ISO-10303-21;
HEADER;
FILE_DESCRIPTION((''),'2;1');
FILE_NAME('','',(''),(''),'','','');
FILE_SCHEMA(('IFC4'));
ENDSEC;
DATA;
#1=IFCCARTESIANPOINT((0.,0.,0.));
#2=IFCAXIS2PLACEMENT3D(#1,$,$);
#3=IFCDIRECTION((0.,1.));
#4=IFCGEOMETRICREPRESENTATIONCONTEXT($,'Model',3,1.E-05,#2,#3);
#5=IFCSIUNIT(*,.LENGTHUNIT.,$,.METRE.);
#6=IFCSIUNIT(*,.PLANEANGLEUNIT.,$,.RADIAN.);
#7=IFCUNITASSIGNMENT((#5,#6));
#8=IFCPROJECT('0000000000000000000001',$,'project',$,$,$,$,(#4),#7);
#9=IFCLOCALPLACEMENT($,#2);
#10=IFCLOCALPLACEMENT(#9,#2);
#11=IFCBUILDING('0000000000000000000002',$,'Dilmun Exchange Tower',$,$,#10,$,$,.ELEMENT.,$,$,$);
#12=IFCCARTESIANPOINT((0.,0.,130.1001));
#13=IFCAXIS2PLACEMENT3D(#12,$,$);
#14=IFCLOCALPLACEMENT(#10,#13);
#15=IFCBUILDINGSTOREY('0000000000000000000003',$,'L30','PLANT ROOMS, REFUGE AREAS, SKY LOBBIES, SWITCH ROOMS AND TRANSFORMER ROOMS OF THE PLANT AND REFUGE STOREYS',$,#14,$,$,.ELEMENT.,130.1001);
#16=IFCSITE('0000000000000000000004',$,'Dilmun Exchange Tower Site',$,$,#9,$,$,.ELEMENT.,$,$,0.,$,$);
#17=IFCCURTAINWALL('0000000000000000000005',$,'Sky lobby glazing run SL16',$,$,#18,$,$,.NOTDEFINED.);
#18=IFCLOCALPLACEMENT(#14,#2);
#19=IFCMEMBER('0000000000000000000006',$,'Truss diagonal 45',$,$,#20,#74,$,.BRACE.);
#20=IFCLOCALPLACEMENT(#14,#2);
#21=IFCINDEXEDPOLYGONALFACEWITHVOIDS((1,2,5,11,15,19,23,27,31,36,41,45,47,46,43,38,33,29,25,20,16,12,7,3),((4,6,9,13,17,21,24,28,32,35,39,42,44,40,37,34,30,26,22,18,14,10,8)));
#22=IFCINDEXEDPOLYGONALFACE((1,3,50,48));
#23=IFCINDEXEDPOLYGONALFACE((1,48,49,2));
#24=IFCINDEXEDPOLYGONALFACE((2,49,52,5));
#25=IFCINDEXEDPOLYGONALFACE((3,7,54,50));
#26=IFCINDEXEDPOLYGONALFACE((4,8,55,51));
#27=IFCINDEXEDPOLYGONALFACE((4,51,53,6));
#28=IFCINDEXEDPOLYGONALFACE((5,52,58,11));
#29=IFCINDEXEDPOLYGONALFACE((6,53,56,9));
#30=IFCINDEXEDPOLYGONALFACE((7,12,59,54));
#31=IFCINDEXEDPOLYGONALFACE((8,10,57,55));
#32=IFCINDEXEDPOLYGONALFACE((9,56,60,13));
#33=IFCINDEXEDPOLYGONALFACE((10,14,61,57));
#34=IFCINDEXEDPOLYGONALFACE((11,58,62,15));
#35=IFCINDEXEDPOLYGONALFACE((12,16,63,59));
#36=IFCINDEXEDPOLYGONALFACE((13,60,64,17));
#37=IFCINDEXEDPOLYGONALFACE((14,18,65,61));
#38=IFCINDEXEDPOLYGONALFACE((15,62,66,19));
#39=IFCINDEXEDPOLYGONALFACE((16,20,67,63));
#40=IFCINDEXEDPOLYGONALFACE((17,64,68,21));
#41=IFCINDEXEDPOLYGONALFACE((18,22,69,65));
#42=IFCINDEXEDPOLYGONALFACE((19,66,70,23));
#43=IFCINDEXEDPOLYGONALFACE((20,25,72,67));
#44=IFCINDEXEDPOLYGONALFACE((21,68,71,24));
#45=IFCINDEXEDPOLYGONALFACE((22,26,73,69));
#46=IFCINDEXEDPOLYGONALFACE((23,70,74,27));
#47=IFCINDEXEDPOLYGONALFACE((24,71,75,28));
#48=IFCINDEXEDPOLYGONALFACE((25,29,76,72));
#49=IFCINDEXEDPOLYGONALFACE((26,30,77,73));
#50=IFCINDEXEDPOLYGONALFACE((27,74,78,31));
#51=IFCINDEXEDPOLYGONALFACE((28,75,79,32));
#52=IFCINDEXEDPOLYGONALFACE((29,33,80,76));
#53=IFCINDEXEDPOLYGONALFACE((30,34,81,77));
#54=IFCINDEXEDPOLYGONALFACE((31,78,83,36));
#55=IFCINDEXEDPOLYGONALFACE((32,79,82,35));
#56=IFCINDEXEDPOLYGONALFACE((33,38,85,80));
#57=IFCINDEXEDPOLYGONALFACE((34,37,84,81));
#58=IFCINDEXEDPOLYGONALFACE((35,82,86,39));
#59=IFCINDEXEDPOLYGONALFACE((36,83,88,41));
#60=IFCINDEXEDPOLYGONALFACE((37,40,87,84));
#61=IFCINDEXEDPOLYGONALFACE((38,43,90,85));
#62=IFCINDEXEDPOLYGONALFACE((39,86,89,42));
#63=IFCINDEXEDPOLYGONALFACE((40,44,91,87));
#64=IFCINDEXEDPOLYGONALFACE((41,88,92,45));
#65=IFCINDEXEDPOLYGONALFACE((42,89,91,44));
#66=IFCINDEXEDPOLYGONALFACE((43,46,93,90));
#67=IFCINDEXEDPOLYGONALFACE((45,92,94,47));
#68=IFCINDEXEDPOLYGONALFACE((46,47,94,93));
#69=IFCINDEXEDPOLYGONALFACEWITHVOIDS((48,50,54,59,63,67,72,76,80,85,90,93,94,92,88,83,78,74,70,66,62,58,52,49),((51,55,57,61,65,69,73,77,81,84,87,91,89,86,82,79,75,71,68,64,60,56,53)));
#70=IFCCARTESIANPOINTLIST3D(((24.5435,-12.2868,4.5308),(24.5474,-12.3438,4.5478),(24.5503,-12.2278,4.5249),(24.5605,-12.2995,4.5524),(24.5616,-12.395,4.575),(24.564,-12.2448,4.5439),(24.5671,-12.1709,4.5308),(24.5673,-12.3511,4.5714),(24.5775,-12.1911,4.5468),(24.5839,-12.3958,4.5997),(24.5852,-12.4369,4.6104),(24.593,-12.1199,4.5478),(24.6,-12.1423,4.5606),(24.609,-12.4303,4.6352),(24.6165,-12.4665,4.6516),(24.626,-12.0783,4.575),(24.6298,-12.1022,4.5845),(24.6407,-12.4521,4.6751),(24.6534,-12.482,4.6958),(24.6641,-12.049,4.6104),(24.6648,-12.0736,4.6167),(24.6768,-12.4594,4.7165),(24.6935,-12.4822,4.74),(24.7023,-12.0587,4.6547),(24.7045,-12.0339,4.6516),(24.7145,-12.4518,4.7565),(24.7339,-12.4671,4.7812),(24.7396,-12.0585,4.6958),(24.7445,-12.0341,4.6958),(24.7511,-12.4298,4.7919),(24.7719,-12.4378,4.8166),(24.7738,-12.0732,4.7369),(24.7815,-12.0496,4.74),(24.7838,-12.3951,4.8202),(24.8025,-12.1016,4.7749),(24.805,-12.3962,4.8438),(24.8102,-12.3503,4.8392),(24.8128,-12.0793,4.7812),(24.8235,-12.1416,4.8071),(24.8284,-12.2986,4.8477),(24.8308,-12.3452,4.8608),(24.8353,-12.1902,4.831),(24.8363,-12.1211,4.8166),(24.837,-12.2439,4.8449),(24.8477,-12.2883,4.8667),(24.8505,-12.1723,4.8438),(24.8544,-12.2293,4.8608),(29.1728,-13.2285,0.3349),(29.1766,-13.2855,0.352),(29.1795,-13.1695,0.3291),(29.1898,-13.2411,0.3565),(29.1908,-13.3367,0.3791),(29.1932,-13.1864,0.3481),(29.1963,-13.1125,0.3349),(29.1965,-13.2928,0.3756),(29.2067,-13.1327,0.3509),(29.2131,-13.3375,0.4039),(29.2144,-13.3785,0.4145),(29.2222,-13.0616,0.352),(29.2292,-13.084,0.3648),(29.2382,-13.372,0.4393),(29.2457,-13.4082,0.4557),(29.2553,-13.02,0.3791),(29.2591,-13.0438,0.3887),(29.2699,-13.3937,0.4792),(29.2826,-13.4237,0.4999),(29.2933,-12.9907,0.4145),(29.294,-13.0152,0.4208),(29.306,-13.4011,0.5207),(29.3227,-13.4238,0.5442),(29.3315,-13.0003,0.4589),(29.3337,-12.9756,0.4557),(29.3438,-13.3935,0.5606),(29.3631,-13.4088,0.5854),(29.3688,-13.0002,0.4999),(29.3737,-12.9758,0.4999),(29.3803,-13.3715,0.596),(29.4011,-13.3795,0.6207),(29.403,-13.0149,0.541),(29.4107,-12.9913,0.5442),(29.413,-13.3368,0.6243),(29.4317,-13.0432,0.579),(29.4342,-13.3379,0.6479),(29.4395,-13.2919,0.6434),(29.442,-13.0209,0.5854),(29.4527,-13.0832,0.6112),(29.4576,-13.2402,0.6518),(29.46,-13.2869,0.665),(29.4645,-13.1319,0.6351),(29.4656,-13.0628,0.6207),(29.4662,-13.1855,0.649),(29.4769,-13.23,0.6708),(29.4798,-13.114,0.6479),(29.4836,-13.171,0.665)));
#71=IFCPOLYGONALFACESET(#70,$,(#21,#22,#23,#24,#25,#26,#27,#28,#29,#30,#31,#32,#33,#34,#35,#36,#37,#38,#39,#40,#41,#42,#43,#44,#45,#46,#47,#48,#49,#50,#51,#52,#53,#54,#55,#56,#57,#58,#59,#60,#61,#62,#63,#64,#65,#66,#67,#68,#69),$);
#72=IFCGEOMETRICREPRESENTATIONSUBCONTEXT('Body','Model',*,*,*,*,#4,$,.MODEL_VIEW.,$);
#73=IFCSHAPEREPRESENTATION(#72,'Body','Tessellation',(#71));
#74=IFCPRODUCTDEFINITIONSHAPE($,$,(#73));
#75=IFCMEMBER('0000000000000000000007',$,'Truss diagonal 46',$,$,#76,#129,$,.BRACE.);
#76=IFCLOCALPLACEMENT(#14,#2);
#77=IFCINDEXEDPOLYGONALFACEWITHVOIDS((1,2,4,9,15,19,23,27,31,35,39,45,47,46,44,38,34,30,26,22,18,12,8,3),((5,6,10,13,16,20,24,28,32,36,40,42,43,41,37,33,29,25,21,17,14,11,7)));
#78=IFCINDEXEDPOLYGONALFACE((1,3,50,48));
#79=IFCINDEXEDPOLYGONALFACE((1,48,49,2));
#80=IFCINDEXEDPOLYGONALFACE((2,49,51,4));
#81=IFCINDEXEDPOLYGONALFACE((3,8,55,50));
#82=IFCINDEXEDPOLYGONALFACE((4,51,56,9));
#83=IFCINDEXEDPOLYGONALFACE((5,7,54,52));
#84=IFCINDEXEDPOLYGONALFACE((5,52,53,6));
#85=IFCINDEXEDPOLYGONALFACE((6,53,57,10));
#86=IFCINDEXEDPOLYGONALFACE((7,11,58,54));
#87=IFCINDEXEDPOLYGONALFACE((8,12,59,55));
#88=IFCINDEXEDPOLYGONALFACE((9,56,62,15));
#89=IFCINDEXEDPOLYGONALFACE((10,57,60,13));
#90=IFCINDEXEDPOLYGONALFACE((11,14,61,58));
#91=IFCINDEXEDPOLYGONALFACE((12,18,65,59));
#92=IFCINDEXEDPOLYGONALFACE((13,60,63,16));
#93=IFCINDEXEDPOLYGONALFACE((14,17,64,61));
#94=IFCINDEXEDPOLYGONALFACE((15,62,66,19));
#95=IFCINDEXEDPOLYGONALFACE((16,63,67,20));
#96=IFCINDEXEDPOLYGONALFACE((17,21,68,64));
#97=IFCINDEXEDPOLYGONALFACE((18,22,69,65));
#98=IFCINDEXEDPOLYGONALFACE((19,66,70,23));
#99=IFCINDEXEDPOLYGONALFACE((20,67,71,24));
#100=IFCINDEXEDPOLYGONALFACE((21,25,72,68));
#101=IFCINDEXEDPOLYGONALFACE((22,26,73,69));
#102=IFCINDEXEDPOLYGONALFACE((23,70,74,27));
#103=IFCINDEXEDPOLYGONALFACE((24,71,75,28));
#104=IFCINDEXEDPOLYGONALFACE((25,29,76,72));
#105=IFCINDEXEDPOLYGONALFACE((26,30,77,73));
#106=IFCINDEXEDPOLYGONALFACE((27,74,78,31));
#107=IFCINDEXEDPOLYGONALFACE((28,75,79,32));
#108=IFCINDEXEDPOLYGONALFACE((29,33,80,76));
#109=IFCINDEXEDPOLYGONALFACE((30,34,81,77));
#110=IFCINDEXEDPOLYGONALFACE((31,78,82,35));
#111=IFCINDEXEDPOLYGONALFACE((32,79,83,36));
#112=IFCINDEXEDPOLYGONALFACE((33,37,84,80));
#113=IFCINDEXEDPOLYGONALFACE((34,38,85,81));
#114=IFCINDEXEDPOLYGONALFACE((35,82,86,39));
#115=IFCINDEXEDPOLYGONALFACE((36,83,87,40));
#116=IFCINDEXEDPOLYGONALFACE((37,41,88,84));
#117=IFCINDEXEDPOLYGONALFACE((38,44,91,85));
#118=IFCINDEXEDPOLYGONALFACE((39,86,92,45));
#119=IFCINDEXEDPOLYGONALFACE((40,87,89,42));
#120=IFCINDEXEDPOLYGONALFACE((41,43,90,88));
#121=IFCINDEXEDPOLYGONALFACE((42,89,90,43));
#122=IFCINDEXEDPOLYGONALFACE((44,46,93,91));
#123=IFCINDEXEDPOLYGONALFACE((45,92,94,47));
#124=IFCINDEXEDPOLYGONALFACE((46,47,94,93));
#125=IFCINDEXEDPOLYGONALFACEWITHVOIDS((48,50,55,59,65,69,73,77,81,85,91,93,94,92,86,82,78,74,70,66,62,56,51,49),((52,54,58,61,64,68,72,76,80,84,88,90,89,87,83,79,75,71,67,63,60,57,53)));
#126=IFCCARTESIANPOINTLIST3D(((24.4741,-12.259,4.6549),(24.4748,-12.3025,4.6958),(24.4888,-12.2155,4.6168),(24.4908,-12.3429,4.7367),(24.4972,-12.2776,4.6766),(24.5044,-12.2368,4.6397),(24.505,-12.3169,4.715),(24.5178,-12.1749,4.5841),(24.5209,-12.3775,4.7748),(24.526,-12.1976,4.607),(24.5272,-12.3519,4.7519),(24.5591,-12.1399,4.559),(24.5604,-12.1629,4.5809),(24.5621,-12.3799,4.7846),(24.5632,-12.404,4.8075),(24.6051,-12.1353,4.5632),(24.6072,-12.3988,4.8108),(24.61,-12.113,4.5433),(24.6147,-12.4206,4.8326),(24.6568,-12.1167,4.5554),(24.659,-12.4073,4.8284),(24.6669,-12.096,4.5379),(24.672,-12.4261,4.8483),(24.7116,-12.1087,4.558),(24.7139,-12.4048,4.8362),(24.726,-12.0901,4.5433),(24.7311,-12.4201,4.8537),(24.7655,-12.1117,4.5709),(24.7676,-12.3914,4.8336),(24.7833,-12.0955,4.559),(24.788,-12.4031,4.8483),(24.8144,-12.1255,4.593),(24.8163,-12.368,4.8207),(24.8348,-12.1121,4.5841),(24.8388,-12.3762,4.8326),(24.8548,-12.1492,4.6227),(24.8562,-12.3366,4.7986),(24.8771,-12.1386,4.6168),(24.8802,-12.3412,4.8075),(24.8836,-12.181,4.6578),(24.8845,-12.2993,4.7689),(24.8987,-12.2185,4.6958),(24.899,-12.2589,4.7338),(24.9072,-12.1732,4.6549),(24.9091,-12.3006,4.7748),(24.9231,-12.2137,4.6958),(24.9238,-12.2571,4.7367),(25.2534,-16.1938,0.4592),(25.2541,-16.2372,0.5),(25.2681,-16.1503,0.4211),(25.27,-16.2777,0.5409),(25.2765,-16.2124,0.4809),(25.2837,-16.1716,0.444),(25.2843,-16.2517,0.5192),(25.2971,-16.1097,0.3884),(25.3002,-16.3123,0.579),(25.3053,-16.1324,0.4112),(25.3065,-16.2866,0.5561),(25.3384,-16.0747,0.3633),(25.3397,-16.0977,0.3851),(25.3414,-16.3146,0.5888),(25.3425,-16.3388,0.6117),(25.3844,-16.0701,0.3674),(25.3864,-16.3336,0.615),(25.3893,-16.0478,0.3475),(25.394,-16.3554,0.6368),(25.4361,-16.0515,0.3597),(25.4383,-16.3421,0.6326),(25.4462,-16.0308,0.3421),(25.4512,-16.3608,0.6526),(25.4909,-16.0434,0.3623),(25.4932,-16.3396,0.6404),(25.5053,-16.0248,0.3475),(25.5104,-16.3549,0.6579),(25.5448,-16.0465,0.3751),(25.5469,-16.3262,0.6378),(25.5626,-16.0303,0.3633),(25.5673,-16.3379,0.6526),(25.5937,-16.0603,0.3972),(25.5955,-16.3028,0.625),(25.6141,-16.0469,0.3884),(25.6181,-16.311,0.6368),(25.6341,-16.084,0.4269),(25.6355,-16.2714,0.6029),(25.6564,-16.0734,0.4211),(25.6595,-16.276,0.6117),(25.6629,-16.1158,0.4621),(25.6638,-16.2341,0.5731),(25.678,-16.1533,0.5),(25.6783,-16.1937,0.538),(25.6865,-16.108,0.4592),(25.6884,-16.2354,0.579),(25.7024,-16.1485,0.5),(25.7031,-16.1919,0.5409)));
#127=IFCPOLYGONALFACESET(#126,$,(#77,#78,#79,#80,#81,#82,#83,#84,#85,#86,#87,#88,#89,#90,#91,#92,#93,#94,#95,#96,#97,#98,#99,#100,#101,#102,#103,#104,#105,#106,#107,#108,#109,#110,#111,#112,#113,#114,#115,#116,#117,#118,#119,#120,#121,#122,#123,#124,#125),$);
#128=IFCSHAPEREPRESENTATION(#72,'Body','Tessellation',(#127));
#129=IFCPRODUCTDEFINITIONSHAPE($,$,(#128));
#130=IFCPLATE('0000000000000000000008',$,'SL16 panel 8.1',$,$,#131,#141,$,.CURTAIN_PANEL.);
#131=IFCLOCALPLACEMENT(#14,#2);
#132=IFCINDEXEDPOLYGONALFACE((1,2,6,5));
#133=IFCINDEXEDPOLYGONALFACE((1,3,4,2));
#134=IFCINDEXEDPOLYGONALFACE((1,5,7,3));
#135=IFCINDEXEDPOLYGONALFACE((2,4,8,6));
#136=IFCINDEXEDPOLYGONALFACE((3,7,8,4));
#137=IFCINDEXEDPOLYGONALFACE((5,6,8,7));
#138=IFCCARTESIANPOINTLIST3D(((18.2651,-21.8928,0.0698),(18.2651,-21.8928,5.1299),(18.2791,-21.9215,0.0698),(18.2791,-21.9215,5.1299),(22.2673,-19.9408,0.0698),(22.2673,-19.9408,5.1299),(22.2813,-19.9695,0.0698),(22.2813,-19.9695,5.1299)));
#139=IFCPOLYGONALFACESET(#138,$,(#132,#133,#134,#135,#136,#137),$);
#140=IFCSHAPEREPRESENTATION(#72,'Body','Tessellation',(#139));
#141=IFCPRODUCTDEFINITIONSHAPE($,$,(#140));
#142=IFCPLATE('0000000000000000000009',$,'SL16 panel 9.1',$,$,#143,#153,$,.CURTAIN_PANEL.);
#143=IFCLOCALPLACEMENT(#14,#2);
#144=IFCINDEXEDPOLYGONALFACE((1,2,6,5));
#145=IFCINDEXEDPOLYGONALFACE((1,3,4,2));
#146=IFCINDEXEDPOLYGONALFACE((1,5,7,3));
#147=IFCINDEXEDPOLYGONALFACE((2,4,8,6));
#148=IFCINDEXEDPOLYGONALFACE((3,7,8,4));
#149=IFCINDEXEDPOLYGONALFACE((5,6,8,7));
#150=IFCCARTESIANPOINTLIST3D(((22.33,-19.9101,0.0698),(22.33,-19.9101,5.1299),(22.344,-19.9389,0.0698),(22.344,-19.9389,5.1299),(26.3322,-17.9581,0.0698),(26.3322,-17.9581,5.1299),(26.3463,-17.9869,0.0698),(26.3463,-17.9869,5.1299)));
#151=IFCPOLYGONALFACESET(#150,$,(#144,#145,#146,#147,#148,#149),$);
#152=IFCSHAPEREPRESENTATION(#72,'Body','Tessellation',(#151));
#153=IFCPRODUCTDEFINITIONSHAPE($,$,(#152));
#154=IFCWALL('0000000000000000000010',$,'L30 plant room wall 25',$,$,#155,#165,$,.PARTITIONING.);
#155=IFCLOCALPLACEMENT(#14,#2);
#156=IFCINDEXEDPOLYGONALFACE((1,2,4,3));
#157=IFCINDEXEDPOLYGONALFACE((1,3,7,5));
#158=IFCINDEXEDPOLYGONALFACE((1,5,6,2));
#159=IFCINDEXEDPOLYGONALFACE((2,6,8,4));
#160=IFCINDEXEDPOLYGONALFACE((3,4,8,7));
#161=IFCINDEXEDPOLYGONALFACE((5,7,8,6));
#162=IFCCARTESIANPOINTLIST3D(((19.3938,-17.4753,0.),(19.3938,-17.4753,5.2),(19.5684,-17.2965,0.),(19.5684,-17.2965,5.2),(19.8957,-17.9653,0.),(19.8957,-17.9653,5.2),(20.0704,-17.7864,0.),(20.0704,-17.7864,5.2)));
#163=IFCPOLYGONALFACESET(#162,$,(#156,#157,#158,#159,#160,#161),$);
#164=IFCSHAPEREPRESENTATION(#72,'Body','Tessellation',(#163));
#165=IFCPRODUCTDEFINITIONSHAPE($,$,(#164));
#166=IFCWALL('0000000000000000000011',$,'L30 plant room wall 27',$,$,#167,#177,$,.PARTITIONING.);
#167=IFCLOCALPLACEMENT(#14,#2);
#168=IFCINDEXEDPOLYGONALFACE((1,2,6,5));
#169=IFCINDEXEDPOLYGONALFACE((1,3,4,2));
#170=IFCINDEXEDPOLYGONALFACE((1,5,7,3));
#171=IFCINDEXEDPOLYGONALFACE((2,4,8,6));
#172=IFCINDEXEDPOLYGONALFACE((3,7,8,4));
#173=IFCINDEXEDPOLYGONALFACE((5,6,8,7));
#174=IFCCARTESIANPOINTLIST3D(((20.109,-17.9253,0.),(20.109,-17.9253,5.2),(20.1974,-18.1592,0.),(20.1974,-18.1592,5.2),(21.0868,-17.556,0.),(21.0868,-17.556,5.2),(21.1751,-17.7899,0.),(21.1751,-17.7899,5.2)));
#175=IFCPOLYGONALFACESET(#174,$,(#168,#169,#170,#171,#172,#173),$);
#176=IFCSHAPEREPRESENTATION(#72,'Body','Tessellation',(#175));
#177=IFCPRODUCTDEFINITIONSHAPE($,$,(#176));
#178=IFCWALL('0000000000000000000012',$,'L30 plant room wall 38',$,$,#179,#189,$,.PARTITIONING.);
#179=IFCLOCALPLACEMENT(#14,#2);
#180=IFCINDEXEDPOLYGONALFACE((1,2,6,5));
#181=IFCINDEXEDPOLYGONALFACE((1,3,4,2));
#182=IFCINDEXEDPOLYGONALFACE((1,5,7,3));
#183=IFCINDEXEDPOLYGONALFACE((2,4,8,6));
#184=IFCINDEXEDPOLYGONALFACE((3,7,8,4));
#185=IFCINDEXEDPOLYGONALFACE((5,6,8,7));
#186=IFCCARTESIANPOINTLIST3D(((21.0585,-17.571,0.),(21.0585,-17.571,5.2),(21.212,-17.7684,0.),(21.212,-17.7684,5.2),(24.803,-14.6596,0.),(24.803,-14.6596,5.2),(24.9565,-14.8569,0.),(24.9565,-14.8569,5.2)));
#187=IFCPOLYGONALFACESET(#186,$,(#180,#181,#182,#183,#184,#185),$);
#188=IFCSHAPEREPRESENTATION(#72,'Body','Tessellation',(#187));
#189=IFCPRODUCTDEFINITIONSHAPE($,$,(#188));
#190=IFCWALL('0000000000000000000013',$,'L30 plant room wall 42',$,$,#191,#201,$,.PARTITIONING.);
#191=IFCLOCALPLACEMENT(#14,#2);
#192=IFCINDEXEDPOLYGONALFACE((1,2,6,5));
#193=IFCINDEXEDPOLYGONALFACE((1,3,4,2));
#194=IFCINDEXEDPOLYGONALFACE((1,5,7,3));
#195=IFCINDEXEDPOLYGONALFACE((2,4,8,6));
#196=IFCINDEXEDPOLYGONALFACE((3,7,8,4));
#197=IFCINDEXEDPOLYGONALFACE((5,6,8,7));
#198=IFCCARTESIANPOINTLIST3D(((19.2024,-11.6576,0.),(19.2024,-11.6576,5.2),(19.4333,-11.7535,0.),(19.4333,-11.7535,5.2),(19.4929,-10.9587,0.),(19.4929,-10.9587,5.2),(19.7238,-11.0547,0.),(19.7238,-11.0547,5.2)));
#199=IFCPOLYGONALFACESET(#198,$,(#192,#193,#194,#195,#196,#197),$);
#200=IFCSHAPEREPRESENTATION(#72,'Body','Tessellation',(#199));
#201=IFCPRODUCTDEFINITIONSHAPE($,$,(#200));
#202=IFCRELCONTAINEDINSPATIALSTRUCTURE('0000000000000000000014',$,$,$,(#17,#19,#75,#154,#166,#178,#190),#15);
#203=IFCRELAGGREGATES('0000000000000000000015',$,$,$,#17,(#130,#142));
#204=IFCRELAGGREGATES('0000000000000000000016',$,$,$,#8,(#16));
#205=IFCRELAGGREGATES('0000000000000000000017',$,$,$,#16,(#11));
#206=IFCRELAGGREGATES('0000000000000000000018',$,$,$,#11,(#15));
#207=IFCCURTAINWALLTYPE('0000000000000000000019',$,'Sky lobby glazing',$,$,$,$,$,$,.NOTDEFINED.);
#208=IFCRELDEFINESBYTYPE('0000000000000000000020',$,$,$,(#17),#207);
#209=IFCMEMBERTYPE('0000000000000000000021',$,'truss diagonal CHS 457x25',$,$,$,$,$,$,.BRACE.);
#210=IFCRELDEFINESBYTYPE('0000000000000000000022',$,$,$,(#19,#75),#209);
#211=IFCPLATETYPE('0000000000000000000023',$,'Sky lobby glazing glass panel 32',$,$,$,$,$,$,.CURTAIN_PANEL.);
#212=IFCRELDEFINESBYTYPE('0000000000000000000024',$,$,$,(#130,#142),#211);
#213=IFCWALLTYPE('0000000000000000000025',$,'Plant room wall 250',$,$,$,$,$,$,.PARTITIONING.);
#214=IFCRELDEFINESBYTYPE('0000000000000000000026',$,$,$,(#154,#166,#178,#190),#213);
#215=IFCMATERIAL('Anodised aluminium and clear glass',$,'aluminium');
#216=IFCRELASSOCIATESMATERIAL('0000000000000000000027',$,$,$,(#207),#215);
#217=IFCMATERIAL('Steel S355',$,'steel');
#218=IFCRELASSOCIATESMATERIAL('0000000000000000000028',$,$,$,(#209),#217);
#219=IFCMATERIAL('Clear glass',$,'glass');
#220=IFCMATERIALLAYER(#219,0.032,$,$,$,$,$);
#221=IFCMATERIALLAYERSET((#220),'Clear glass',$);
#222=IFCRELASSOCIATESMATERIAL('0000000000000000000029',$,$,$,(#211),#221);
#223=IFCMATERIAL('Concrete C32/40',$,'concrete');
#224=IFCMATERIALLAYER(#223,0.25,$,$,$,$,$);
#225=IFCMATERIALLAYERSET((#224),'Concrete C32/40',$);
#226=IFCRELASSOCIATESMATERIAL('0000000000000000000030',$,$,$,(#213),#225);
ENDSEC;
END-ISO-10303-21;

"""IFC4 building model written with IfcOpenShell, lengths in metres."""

from ifc_helpers import new_model, si_unit, direction, frame, frame_2d, origin, origin_2d, place, context, subcontext, project, spatial, rectangle, hollow_circle, extrude, material, layer, layer_set, material_profile, profile_set, type_object, element, aggregate, save


model = new_model("IFC4")

# Units and contexts
model_context = context("Model", 3, precision=1e-05, world=origin(), true_north=direction((0.0, 1.0)))
body_context = subcontext(model_context, "Body", "Model", "MODEL_VIEW")
ifc_project = project(units=[si_unit("LENGTHUNIT", "METRE"), si_unit("PLANEANGLEUNIT", "RADIAN")], contexts=[model_context])

# Site, building, storey
site_placement = place(None, origin())
site = spatial("IfcSite", under=ifc_project, at=site_placement, Name="Dilmun Exchange Tower Site", CompositionType="ELEMENT", RefElevation=0.0)
building_placement = place(site_placement, origin())
building = spatial("IfcBuilding", under=site, at=building_placement, Name="Dilmun Exchange Tower", CompositionType="ELEMENT")
storey_placement = place(building_placement, frame((0.0, 0.0, 130.1001)))
storey = spatial("IfcBuildingStorey", under=building, at=storey_placement, Name="L30", Description="PLANT ROOMS, REFUGE AREAS, SKY LOBBIES, SWITCH ROOMS AND TRANSFORMER ROOMS OF THE PLANT AND REFUGE STOREYS", CompositionType="ELEMENT", Elevation=130.1001)

# Curtain wall
ifc_material_1 = material(Name="Anodised aluminium and clear glass", Category="aluminium")
curtain_wall_type = type_object("IfcCurtainWallType", Name="Sky lobby glazing", PredefinedType="NOTDEFINED", material=ifc_material_1)
curtain_wall_placement = place(storey_placement, origin())
curtain_wall = element("IfcCurtainWall", 1, at=curtain_wall_placement, inside=storey, type_object=curtain_wall_type, Name="Sky lobby glazing run SL16", PredefinedType="NOTDEFINED")

# Shared definitions
ifc_material_2 = material(Name="Steel S355", Category="steel")

# Members
ifc_material_profile_1 = material_profile(ifc_material_2, hollow_circle(Radius=0.2285, WallThickness=0.0249, at=origin_2d()), Name="CHS 457x25")
ifc_profile_set_1 = profile_set([ifc_material_profile_1], Name="Steel S355")
member_type_1 = type_object("IfcMemberType", Name="truss diagonal CHS 457x25", PredefinedType="BRACE", material=ifc_profile_set_1)
member_1_placement = place(storey_placement, frame((24.699, -12.2581, 4.6958), z_axis=(0.732662, -0.149036, -0.664075), x_axis=(0.199335, 0.979931, 0.0)))
element("IfcMember", 2, at=member_1_placement, inside=storey, type_object=member_type_1, Name="Truss diagonal 45", PredefinedType="BRACE", context=body_context, shape_type="SweptSolid", body=[
    extrude(hollow_circle(Radius=0.2285, WallThickness=0.0249, at=origin_2d()), origin(), (0.0, 0.0, 1.0), 6.3184),
])
member_2_placement = place(storey_placement, frame((24.699, -12.2581, 4.6958), z_axis=(0.134252, -0.677864, -0.722825), x_axis=(0.980946, 0.194278, 0.0)))
element("IfcMember", 3, at=member_2_placement, inside=storey, type_object=member_type_1, Name="Truss diagonal 46", PredefinedType="BRACE", context=body_context, shape_type="SweptSolid", body=[
    extrude(hollow_circle(Radius=0.2285, WallThickness=0.0249, at=origin_2d()), origin(), (0.0, 0.0, 1.0), 5.8047),
])

# Plates
ifc_material_3 = material(Name="Clear glass", Category="glass")
ifc_layer_1 = layer(ifc_material_3, 0.032)
ifc_layer_set_1 = layer_set([ifc_layer_1], Name="Clear glass")
plate_type = type_object("IfcPlateType", Name="Sky lobby glazing glass panel 32", PredefinedType="CURTAIN_PANEL", material=ifc_layer_set_1)
plate_1_placement = place(storey_placement, frame((20.2732, -20.9312, 0.0698), z_axis=(0.0, 0.0, 1.0), x_axis=(0.898794, 0.438371, 0.0)))
plate_1 = element("IfcPlate", 4, at=plate_1_placement, type_object=plate_type, Name="SL16 panel 8.1", PredefinedType="CURTAIN_PANEL", context=body_context, shape_type="SweptSolid", body=[
    extrude(rectangle(XDim=4.4529, YDim=0.032, at=origin_2d()), origin(), (0.0, 0.0, 1.0), 5.0601),
])
plate_2_placement = place(storey_placement, frame((24.3381, -18.9485, 0.0698), z_axis=(0.0, 0.0, 1.0), x_axis=(0.898794, 0.438371, 0.0)))
plate_2 = element("IfcPlate", 5, at=plate_2_placement, type_object=plate_type, Name="SL16 panel 9.1", PredefinedType="CURTAIN_PANEL", context=body_context, shape_type="SweptSolid", body=[
    extrude(rectangle(XDim=4.4529, YDim=0.032, at=origin_2d()), origin(), (0.0, 0.0, 1.0), 5.0601),
])
aggregate(curtain_wall, [plate_1, plate_2])

# Walls
ifc_material_4 = material(Name="Concrete C32/40", Category="concrete")
ifc_layer_2 = layer(ifc_material_4, 0.25)
ifc_layer_set_2 = layer_set([ifc_layer_2], Name="Concrete C32/40")
wall_type = type_object("IfcWallType", Name="Plant room wall 250", PredefinedType="PARTITIONING", material=ifc_layer_set_2)
wall_1_placement = place(storey_placement, frame((19.4812, -17.386, 0.0), z_axis=(0.0, 0.0, 1.0), x_axis=(0.715582, -0.698528, 0.0)))
element("IfcWall", 6, at=wall_1_placement, inside=storey, type_object=wall_type, Name="L30 plant room wall 25", PredefinedType="PARTITIONING", context=body_context, shape_type="SweptSolid", body=[
    extrude(rectangle(XDim=0.7014, YDim=0.25, at=frame_2d((0.3506, 0.0))), origin(), (0.0, 0.0, 1.0), 5.2),
])
wall_2_placement = place(storey_placement, frame((20.1533, -18.0422, 0.0), z_axis=(0.0, 0.0, 1.0), x_axis=(0.935472, 0.353401, 0.0)))
element("IfcWall", 7, at=wall_2_placement, inside=storey, type_object=wall_type, Name="L30 plant room wall 27", PredefinedType="PARTITIONING", context=body_context, shape_type="SweptSolid", body=[
    extrude(rectangle(XDim=1.0452, YDim=0.25, at=frame_2d((0.5225, 0.0))), origin(), (0.0, 0.0, 1.0), 5.2),
])
wall_3_placement = place(storey_placement, frame((21.1353, -17.6697, 0.0), z_axis=(0.0, 0.0, 1.0), x_axis=(0.789446, 0.613819, 0.0)))
element("IfcWall", 8, at=wall_3_placement, inside=storey, type_object=wall_type, Name="L30 plant room wall 38", PredefinedType="PARTITIONING", context=body_context, shape_type="SweptSolid", body=[
    extrude(rectangle(XDim=4.7432, YDim=0.25, at=frame_2d((2.3716, 0.0))), origin(), (0.0, 0.0, 1.0), 5.2),
])
wall_4_placement = place(storey_placement, frame((19.3179, -11.7056, 0.0), z_axis=(0.0, 0.0, 1.0), x_axis=(0.383814, 0.923411, 0.0)))
element("IfcWall", 9, at=wall_4_placement, inside=storey, type_object=wall_type, Name="L30 plant room wall 42", PredefinedType="PARTITIONING", context=body_context, shape_type="SweptSolid", body=[
    extrude(rectangle(XDim=0.7568, YDim=0.25, at=frame_2d((0.3784, 0.0))), origin(), (0.0, 0.0, 1.0), 5.2),
])

save(model, "model.ifc")
